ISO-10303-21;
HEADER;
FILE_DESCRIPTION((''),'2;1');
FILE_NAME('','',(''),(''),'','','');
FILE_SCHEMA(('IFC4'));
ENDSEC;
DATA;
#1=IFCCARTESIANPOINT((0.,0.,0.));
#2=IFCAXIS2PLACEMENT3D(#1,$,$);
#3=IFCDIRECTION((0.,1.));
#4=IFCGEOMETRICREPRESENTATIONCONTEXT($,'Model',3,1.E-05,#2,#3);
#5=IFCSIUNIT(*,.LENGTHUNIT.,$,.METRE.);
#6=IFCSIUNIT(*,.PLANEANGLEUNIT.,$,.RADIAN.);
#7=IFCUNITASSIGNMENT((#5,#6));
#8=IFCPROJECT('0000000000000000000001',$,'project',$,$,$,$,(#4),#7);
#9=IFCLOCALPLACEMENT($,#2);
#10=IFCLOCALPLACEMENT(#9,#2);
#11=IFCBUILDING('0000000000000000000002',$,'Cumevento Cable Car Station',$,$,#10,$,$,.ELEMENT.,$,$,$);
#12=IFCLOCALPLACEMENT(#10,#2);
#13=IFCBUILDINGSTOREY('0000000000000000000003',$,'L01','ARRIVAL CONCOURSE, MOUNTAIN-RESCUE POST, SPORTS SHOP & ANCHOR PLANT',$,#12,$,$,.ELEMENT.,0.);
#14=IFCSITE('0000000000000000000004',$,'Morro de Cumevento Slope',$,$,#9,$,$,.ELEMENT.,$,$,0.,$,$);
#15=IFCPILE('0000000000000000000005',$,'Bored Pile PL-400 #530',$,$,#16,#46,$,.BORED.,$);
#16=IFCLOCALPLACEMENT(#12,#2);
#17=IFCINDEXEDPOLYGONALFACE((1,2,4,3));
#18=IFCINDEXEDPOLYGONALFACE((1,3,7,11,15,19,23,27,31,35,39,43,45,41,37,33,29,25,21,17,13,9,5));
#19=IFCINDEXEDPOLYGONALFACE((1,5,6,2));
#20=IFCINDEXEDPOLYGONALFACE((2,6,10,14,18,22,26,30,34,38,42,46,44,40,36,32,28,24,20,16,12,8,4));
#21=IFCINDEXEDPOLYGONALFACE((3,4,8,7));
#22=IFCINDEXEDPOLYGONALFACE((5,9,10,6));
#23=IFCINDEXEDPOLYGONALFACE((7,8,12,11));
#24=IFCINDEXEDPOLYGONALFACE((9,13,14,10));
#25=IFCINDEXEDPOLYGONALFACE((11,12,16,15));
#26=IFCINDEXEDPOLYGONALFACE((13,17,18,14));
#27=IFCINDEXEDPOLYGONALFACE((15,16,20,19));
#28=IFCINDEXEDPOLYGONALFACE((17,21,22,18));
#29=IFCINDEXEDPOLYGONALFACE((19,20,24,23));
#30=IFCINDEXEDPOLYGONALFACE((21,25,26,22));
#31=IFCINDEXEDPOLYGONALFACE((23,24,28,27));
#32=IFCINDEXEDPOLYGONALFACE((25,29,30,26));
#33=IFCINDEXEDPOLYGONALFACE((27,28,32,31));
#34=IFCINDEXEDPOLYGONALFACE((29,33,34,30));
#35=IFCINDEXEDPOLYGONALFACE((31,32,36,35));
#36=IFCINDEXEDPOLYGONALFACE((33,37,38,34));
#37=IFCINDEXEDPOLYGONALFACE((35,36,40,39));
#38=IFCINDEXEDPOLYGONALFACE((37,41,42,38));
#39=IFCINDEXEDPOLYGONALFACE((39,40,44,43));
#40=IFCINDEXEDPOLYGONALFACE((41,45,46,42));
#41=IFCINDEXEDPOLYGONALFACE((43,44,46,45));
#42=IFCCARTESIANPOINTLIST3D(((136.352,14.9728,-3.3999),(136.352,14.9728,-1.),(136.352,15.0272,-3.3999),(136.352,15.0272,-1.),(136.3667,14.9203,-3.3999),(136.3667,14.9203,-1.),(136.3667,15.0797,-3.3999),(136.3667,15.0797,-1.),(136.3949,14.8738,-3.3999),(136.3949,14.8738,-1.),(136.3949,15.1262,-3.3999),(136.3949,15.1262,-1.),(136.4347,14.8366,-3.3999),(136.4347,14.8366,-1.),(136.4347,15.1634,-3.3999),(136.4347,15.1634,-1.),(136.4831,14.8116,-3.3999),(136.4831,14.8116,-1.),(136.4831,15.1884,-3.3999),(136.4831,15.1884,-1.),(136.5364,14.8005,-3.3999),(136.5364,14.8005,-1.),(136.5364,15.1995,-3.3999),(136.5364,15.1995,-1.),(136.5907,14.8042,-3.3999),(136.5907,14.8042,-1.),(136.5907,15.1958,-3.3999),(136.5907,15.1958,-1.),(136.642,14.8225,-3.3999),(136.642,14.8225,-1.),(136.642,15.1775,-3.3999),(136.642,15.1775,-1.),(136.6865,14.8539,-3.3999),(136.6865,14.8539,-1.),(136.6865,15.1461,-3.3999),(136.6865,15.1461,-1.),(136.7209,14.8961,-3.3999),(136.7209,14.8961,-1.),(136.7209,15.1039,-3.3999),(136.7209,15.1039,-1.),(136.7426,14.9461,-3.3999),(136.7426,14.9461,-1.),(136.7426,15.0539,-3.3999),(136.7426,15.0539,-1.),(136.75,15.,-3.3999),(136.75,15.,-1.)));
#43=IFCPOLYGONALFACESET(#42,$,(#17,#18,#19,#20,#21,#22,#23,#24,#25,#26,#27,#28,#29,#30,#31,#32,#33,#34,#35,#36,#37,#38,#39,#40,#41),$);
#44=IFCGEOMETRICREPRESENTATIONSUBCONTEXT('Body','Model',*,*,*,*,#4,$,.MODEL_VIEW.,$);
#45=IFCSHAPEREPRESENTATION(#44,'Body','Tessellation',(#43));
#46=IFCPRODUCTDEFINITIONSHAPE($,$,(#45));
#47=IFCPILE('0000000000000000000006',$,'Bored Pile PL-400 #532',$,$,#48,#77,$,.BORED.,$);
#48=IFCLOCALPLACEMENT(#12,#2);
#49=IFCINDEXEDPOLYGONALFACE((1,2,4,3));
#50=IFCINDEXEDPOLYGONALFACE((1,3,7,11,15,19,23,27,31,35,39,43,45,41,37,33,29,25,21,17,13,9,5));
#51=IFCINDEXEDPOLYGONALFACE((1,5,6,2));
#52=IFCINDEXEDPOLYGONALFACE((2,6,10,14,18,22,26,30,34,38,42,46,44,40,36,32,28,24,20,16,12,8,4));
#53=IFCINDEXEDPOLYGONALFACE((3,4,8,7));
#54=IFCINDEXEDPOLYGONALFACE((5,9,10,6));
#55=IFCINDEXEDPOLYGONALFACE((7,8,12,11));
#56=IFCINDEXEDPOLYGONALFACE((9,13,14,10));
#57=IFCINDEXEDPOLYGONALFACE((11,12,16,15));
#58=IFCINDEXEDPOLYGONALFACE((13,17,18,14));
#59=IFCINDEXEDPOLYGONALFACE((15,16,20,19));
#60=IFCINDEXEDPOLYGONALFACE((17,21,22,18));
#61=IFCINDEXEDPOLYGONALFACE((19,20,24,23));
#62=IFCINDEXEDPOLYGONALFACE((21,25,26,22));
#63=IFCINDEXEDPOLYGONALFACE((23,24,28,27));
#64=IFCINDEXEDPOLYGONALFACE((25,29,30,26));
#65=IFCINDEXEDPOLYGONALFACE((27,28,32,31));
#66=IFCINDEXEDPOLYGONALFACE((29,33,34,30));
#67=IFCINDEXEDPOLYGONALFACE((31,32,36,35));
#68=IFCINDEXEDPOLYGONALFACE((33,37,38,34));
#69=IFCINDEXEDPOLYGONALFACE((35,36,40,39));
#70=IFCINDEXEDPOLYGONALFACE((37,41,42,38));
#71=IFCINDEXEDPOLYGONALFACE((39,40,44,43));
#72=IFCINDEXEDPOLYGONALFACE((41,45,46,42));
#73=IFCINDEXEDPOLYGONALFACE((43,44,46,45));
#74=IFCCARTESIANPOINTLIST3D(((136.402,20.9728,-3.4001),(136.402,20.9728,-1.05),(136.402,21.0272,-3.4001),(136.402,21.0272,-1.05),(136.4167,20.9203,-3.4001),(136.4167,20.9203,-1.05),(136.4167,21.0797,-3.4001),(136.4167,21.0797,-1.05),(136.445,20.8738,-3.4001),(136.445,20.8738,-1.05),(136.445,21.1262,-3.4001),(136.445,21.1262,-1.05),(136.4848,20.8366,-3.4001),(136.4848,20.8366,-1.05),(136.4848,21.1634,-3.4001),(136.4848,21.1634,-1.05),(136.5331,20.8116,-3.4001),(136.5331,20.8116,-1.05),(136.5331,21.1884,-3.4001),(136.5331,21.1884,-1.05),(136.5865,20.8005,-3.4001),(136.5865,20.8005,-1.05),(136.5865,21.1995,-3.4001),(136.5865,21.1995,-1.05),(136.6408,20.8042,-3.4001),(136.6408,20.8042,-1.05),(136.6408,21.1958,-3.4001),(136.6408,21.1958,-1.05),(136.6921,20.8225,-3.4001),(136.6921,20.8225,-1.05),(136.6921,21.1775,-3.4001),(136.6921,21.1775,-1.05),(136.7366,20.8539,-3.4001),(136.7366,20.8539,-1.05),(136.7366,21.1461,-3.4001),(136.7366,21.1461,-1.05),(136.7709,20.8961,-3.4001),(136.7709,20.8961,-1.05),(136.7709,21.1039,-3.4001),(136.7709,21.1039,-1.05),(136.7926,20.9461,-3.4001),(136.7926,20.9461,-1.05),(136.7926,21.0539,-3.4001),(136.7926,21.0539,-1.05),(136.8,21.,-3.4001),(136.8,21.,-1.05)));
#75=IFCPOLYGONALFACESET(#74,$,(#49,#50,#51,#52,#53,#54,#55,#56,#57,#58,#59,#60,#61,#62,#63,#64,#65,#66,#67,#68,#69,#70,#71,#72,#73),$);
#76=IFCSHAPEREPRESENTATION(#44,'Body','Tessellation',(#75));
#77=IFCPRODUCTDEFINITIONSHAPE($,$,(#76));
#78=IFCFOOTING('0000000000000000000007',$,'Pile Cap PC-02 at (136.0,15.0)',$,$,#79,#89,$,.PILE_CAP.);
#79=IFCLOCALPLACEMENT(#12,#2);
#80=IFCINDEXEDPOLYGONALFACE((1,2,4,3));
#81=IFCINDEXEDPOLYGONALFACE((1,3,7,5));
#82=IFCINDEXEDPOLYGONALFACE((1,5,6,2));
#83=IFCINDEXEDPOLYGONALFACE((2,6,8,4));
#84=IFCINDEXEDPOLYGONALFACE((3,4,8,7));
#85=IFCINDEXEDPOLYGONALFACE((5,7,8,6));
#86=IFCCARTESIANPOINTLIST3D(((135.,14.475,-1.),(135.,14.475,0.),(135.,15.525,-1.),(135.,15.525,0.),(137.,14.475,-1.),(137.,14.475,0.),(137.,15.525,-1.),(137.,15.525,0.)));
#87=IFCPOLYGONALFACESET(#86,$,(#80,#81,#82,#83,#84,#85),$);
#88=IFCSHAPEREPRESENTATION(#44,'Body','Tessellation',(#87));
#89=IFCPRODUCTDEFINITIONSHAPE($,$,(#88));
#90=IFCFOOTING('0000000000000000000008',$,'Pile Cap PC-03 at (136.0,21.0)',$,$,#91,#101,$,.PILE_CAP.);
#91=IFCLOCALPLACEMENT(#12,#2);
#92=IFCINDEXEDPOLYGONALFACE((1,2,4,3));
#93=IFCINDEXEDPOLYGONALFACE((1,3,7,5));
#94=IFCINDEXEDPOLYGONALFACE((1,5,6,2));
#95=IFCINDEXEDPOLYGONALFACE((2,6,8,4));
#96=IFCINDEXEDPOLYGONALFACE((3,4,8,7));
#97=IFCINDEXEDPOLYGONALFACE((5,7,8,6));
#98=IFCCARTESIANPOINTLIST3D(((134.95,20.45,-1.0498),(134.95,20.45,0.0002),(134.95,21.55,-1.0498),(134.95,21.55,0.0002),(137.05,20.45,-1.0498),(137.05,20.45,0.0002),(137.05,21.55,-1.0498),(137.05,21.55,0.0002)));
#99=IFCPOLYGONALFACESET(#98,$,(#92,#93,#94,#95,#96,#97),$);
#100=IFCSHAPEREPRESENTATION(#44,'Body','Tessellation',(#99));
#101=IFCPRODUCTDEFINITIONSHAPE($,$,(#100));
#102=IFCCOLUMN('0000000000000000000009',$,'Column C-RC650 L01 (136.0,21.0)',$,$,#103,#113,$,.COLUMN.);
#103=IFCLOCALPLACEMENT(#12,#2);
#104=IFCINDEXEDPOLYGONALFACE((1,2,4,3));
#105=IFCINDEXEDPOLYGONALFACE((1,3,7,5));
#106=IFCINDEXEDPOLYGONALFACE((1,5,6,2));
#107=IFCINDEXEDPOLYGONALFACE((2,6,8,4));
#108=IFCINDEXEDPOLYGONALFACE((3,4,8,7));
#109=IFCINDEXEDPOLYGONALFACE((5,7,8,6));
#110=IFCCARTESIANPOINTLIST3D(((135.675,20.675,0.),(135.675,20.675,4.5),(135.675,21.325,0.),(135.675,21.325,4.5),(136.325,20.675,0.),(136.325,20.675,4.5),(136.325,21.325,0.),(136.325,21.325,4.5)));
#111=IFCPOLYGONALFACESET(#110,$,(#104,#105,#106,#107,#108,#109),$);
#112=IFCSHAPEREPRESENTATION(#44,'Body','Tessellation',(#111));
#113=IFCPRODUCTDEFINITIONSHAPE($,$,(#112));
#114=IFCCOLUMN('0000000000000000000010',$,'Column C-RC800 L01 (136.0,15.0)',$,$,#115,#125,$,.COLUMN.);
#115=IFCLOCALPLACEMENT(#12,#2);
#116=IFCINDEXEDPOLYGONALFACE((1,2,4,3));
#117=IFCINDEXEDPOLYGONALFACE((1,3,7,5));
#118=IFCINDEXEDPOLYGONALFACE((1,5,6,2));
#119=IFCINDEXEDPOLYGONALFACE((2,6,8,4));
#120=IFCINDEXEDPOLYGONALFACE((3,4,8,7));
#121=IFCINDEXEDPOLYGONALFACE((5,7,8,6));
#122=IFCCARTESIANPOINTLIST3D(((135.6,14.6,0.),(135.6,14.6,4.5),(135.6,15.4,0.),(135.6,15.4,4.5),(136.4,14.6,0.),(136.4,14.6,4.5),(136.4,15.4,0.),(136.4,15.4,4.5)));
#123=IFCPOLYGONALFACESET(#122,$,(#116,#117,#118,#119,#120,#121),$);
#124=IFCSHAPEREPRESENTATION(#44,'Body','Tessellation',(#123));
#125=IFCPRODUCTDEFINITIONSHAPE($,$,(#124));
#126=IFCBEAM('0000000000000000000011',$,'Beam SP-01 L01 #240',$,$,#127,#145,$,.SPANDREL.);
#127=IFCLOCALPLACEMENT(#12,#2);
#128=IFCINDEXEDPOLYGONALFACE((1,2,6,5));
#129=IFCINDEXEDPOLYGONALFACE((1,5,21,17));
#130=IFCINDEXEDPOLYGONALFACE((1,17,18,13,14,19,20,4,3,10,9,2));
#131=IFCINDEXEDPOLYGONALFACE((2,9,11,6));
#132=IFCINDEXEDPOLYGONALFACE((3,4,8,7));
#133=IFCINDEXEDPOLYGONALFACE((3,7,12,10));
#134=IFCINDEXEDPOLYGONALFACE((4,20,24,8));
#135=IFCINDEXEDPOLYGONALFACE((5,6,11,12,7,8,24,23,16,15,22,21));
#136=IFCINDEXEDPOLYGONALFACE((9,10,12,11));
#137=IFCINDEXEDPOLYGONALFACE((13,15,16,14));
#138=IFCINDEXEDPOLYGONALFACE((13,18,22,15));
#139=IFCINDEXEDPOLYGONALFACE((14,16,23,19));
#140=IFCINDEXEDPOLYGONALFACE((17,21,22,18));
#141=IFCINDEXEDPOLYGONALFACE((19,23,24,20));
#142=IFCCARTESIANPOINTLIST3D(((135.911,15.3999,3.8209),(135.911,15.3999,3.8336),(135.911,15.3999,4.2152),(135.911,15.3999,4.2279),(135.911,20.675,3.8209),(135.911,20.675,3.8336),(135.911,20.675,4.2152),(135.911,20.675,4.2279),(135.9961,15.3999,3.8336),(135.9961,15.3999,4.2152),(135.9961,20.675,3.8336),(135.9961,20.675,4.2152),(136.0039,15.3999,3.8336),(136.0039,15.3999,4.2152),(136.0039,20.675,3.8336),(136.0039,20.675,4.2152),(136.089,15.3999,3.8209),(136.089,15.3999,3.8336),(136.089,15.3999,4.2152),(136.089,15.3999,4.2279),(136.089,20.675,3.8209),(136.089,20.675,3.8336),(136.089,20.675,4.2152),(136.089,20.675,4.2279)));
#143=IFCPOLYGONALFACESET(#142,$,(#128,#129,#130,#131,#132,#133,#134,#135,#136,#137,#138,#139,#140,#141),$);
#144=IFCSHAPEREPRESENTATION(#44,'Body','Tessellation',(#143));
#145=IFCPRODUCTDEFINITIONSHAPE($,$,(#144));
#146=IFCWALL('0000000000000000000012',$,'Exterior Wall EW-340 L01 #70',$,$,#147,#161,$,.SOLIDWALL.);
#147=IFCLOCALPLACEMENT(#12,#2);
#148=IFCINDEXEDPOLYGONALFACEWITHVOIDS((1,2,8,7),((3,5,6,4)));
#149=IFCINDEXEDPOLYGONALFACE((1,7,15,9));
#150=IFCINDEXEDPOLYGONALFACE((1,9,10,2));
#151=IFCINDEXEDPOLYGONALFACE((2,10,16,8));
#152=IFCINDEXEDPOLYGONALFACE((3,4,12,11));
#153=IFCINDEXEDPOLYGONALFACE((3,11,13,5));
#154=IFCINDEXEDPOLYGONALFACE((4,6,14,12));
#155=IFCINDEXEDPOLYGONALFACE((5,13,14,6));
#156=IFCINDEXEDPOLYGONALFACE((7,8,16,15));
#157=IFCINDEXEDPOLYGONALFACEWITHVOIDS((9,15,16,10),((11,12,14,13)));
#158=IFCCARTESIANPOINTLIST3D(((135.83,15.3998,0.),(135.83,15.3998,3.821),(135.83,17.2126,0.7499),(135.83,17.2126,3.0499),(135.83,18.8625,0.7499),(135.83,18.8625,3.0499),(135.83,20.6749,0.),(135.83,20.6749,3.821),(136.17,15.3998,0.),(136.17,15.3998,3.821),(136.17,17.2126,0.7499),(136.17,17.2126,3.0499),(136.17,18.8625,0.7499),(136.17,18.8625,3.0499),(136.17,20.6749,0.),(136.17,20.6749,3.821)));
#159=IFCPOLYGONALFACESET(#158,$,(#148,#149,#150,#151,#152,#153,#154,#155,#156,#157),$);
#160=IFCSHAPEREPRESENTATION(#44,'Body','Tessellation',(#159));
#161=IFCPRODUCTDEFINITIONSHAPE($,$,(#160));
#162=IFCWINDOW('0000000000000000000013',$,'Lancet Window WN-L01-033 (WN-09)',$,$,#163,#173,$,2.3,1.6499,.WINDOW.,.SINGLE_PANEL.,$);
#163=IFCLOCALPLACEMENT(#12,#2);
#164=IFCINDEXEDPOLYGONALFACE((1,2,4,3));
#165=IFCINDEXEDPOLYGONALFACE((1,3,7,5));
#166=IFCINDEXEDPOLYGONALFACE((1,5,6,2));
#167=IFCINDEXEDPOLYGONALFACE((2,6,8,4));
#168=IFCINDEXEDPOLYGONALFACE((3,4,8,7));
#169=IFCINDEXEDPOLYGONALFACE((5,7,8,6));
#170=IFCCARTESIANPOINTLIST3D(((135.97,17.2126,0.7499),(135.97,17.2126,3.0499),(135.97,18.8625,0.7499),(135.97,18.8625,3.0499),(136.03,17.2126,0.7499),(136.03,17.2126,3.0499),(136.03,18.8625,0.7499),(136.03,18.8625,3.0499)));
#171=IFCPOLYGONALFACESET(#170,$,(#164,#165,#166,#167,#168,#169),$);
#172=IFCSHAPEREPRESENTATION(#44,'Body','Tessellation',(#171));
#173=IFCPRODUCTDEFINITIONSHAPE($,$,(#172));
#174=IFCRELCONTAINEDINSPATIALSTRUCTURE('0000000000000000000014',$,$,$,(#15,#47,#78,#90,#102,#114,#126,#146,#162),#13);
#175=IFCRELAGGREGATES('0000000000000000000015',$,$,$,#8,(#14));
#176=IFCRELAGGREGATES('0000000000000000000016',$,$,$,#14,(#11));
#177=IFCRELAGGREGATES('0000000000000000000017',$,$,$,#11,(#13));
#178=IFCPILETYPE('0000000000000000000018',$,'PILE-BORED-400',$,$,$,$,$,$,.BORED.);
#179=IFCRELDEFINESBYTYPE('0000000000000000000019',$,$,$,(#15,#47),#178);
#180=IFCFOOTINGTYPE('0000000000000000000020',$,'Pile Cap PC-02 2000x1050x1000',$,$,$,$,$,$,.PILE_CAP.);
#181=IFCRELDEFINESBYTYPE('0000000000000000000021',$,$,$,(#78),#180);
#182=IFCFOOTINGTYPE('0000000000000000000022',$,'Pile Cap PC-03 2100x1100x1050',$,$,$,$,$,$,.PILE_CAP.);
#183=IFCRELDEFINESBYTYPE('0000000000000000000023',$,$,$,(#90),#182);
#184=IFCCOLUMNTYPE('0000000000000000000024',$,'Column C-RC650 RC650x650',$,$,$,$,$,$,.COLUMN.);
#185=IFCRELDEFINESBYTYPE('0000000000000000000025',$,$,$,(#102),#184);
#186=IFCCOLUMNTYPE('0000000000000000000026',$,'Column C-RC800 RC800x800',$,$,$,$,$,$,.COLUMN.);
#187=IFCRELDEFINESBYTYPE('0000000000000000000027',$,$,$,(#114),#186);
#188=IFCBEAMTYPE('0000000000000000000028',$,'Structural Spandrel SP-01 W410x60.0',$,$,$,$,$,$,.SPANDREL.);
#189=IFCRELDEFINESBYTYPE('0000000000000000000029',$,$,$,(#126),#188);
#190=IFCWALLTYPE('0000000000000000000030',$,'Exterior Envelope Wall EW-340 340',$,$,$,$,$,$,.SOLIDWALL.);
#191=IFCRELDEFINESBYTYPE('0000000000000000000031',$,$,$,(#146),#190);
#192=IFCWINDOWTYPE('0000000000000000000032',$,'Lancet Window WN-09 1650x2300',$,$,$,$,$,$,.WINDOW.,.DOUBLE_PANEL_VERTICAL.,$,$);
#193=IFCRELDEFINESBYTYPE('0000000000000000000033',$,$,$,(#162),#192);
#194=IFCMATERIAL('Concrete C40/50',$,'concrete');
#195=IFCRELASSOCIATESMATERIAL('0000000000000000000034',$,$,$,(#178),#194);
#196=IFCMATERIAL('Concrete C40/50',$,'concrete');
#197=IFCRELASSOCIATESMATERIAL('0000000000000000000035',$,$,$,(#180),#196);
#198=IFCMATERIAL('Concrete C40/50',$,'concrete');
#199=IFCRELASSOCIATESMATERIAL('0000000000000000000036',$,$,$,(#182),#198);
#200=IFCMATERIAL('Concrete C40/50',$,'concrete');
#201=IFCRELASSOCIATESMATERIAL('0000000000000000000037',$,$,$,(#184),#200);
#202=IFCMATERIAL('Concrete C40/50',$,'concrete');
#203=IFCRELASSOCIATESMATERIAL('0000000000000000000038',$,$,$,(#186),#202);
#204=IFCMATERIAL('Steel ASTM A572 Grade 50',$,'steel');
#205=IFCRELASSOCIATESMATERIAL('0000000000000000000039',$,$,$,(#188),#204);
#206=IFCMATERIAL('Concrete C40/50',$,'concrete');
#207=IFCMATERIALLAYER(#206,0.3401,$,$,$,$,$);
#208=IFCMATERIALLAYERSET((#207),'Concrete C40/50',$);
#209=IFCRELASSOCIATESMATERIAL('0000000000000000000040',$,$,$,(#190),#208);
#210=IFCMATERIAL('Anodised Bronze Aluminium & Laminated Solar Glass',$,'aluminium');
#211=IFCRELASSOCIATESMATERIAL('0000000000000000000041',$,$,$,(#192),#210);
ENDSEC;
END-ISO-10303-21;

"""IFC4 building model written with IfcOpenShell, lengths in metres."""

from ifc_helpers import new_model, si_unit, direction, frame, frame_2d, origin, origin_2d, place, context, subcontext, project, spatial, rectangle, circle, i_section, extrude, material, layer, layer_set, material_profile, profile_set, type_object, element, fill, save


model = new_model("IFC4")

# Units and contexts
model_context = context("Model", 3, precision=1e-05, world=origin(), true_north=direction((0.0, 1.0)))
body_context = subcontext(model_context, "Body", "Model", "MODEL_VIEW")
ifc_project = project(units=[si_unit("LENGTHUNIT", "METRE"), si_unit("PLANEANGLEUNIT", "RADIAN")], contexts=[model_context])

# Site, building, storey
site_placement = place(None, origin())
site = spatial("IfcSite", under=ifc_project, at=site_placement, Name="Morro de Cumevento Slope", CompositionType="ELEMENT", RefElevation=0.0)
building_placement = place(site_placement, origin())
building = spatial("IfcBuilding", under=site, at=building_placement, Name="Cumevento Cable Car Station", CompositionType="ELEMENT")
storey_placement = place(building_placement, origin())
storey = spatial("IfcBuildingStorey", under=building, at=storey_placement, Name="L01", Description="ARRIVAL CONCOURSE, MOUNTAIN-RESCUE POST, SPORTS SHOP & ANCHOR PLANT", CompositionType="ELEMENT", Elevation=0.0)

# Piles
ifc_material_1 = material(Name="Concrete C40/50", Category="concrete")
ifc_material_profile_1 = material_profile(ifc_material_1, circle(Radius=0.2, at=origin_2d()), Name="PILE-D400")
ifc_profile_set_1 = profile_set([ifc_material_profile_1], Name="Concrete C40/50")
pile_type = type_object("IfcPileType", Name="PILE-BORED-400", PredefinedType="BORED", material=ifc_profile_set_1)
pile_1_placement = place(storey_placement, frame((136.55, 15.0, -1.0), z_axis=(0.0, 0.0, -1.0), x_axis=(1.0, 0.0, 0.0)))
element("IfcPile", 1, at=pile_1_placement, inside=storey, type_object=pile_type, Name="Bored Pile PL-400 #530", PredefinedType="BORED", context=body_context, shape_type="SweptSolid", body=[
    extrude(circle(Radius=0.2, at=origin_2d()), origin(), (0.0, 0.0, 1.0), 2.3999),
])
pile_2_placement = place(storey_placement, frame((136.6001, 21.0, -1.05), z_axis=(0.0, 0.0, -1.0), x_axis=(1.0, 0.0, 0.0)))
element("IfcPile", 2, at=pile_2_placement, inside=storey, type_object=pile_type, Name="Bored Pile PL-400 #532", PredefinedType="BORED", context=body_context, shape_type="SweptSolid", body=[
    extrude(circle(Radius=0.2, at=origin_2d()), origin(), (0.0, 0.0, 1.0), 2.3501),
])

# Footings
ifc_material_2 = material(Name="Concrete C40/50", Category="concrete")
footing_type_1 = type_object("IfcFootingType", Name="Pile Cap PC-02 2000x1050x1000", PredefinedType="PILE_CAP", material=ifc_material_2)
footing_1_placement = place(storey_placement, frame((136.0, 15.0, -1.0), z_axis=(0.0, 0.0, 1.0), x_axis=(1.0, 0.0, 0.0)))
element("IfcFooting", 3, at=footing_1_placement, inside=storey, type_object=footing_type_1, Name="Pile Cap PC-02 at (136.0,15.0)", PredefinedType="PILE_CAP", context=body_context, shape_type="SweptSolid", body=[
    extrude(rectangle(XDim=2.0, YDim=1.05, at=origin_2d()), origin(), (0.0, 0.0, 1.0), 1.0),
])
ifc_material_3 = material(Name="Concrete C40/50", Category="concrete")
footing_type_2 = type_object("IfcFootingType", Name="Pile Cap PC-03 2100x1100x1050", PredefinedType="PILE_CAP", material=ifc_material_3)
footing_2_placement = place(storey_placement, frame((136.0, 21.0, -1.0498), z_axis=(0.0, 0.0, 1.0), x_axis=(1.0, 0.0, 0.0)))
element("IfcFooting", 4, at=footing_2_placement, inside=storey, type_object=footing_type_2, Name="Pile Cap PC-03 at (136.0,21.0)", PredefinedType="PILE_CAP", context=body_context, shape_type="SweptSolid", body=[
    extrude(rectangle(XDim=2.1001, YDim=1.1001, at=origin_2d()), origin(), (0.0, 0.0, 1.0), 1.05),
])

# Columns
ifc_material_4 = material(Name="Concrete C40/50", Category="concrete")
ifc_material_profile_2 = material_profile(ifc_material_4, rectangle(XDim=0.6499, YDim=0.6499, at=origin_2d()), Name="RC650x650")
ifc_profile_set_2 = profile_set([ifc_material_profile_2], Name="Concrete C40/50")
column_type_1 = type_object("IfcColumnType", Name="Column C-RC650 RC650x650", PredefinedType="COLUMN", material=ifc_profile_set_2)
column_1_placement = place(storey_placement, frame((136.0, 21.0, 0.0), z_axis=(0.0, 0.0, 1.0), x_axis=(1.0, 0.0, 0.0)))
element("IfcColumn", 5, at=column_1_placement, inside=storey, type_object=column_type_1, Name="Column C-RC650 L01 (136.0,21.0)", PredefinedType="COLUMN", context=body_context, shape_type="SweptSolid", body=[
    extrude(rectangle(XDim=0.6499, YDim=0.6499, at=origin_2d()), origin(), (0.0, 0.0, 1.0), 4.5),
])
ifc_material_5 = material(Name="Concrete C40/50", Category="concrete")
ifc_material_profile_3 = material_profile(ifc_material_5, rectangle(XDim=0.8, YDim=0.8, at=origin_2d()), Name="RC800x800")
ifc_profile_set_3 = profile_set([ifc_material_profile_3], Name="Concrete C40/50")
column_type_2 = type_object("IfcColumnType", Name="Column C-RC800 RC800x800", PredefinedType="COLUMN", material=ifc_profile_set_3)
column_2_placement = place(storey_placement, frame((136.0, 15.0, 0.0), z_axis=(0.0, 0.0, 1.0), x_axis=(1.0, 0.0, 0.0)))
element("IfcColumn", 6, at=column_2_placement, inside=storey, type_object=column_type_2, Name="Column C-RC800 L01 (136.0,15.0)", PredefinedType="COLUMN", context=body_context, shape_type="SweptSolid", body=[
    extrude(rectangle(XDim=0.8, YDim=0.8, at=origin_2d()), origin(), (0.0, 0.0, 1.0), 4.5),
])

# Beam
ifc_material_6 = material(Name="Steel ASTM A572 Grade 50", Category="steel")
ifc_material_profile_4 = material_profile(ifc_material_6, i_section(OverallWidth=0.178, OverallDepth=0.407, WebThickness=0.0078, FlangeThickness=0.0127, at=origin_2d()), Name="W410x60.0")
ifc_profile_set_4 = profile_set([ifc_material_profile_4], Name="Steel ASTM A572 Grade 50")
beam_type = type_object("IfcBeamType", Name="Structural Spandrel SP-01 W410x60.0", PredefinedType="SPANDREL", material=ifc_profile_set_4)
beam_placement = place(storey_placement, frame((136.0, 15.3999, 4.0244), z_axis=(0.0, 1.0, 0.0), x_axis=(-1.0, 0.0, 0.0)))
element("IfcBeam", 7, at=beam_placement, inside=storey, type_object=beam_type, Name="Beam SP-01 L01 #240", PredefinedType="SPANDREL", context=body_context, shape_type="SweptSolid", body=[
    extrude(i_section(OverallWidth=0.178, OverallDepth=0.407, WebThickness=0.0078, FlangeThickness=0.0127, at=origin_2d()), origin(), (0.0, 0.0, 1.0), 5.2751),
])

# Wall, opening, window
ifc_material_7 = material(Name="Concrete C40/50", Category="concrete")
ifc_layer_1 = layer(ifc_material_7, 0.3401)
ifc_layer_set_1 = layer_set([ifc_layer_1], Name="Concrete C40/50")
wall_type_1 = type_object("IfcWallType", Name="Exterior Envelope Wall EW-340 340", PredefinedType="SOLIDWALL", material=ifc_layer_set_1)
wall_1_placement = place(storey_placement, frame((136.0, 20.675, 0.0), z_axis=(0.0, 0.0, 1.0), x_axis=(0.0, -1.0, 0.0)))
wall_1 = element("IfcWall", 8, at=wall_1_placement, inside=storey, type_object=wall_type_1, Name="Exterior Wall EW-340 L01 #70", PredefinedType="SOLIDWALL", context=body_context, shape_type="SweptSolid", body=[
    extrude(rectangle(XDim=5.2751, YDim=0.3401, at=frame_2d((2.6377, 0.0))), origin(), (0.0, 0.0, 1.0), 3.821),
])
opening_1_placement = place(wall_1_placement, frame((1.8125, 0.0, 0.75)))
opening_1 = element("IfcOpeningElement", 9, at=opening_1_placement, cuts=wall_1, PredefinedType="OPENING", context=body_context, shape_type="SweptSolid", body=[
    extrude(rectangle(XDim=1.6499, YDim=2.3, at=frame_2d((0.825, 1.1499))), frame((0.0, 0.1799, 0.0), z_axis=(0.0, -1.0, 0.0), x_axis=(1.0, 0.0, 0.0)), (0.0, 0.0, 1.0), 0.3601),
])
ifc_material_8 = material(Name="Anodised Bronze Aluminium & Laminated Solar Glass", Category="aluminium")
window_type = type_object("IfcWindowType", Name="Lancet Window WN-09 1650x2300", PartitioningType="DOUBLE_PANEL_VERTICAL", PredefinedType="WINDOW", material=ifc_material_8)
window_placement = place(opening_1_placement, origin())
window = element("IfcWindow", 10, at=window_placement, inside=storey, type_object=window_type, Name="Lancet Window WN-L01-033 (WN-09)", OverallHeight=2.3, OverallWidth=1.6499, PartitioningType="SINGLE_PANEL", PredefinedType="WINDOW", context=body_context, shape_type="SweptSolid", body=[
    extrude(rectangle(XDim=1.6499, YDim=2.3, at=frame_2d((0.825, 1.1499))), frame((0.0, 0.03, 0.0), z_axis=(0.0, -1.0, 0.0), x_axis=(1.0, 0.0, 0.0)), (0.0, 0.0, 1.0), 0.0601),
])
fill(opening_1, window)

save(model, "model.ifc")
